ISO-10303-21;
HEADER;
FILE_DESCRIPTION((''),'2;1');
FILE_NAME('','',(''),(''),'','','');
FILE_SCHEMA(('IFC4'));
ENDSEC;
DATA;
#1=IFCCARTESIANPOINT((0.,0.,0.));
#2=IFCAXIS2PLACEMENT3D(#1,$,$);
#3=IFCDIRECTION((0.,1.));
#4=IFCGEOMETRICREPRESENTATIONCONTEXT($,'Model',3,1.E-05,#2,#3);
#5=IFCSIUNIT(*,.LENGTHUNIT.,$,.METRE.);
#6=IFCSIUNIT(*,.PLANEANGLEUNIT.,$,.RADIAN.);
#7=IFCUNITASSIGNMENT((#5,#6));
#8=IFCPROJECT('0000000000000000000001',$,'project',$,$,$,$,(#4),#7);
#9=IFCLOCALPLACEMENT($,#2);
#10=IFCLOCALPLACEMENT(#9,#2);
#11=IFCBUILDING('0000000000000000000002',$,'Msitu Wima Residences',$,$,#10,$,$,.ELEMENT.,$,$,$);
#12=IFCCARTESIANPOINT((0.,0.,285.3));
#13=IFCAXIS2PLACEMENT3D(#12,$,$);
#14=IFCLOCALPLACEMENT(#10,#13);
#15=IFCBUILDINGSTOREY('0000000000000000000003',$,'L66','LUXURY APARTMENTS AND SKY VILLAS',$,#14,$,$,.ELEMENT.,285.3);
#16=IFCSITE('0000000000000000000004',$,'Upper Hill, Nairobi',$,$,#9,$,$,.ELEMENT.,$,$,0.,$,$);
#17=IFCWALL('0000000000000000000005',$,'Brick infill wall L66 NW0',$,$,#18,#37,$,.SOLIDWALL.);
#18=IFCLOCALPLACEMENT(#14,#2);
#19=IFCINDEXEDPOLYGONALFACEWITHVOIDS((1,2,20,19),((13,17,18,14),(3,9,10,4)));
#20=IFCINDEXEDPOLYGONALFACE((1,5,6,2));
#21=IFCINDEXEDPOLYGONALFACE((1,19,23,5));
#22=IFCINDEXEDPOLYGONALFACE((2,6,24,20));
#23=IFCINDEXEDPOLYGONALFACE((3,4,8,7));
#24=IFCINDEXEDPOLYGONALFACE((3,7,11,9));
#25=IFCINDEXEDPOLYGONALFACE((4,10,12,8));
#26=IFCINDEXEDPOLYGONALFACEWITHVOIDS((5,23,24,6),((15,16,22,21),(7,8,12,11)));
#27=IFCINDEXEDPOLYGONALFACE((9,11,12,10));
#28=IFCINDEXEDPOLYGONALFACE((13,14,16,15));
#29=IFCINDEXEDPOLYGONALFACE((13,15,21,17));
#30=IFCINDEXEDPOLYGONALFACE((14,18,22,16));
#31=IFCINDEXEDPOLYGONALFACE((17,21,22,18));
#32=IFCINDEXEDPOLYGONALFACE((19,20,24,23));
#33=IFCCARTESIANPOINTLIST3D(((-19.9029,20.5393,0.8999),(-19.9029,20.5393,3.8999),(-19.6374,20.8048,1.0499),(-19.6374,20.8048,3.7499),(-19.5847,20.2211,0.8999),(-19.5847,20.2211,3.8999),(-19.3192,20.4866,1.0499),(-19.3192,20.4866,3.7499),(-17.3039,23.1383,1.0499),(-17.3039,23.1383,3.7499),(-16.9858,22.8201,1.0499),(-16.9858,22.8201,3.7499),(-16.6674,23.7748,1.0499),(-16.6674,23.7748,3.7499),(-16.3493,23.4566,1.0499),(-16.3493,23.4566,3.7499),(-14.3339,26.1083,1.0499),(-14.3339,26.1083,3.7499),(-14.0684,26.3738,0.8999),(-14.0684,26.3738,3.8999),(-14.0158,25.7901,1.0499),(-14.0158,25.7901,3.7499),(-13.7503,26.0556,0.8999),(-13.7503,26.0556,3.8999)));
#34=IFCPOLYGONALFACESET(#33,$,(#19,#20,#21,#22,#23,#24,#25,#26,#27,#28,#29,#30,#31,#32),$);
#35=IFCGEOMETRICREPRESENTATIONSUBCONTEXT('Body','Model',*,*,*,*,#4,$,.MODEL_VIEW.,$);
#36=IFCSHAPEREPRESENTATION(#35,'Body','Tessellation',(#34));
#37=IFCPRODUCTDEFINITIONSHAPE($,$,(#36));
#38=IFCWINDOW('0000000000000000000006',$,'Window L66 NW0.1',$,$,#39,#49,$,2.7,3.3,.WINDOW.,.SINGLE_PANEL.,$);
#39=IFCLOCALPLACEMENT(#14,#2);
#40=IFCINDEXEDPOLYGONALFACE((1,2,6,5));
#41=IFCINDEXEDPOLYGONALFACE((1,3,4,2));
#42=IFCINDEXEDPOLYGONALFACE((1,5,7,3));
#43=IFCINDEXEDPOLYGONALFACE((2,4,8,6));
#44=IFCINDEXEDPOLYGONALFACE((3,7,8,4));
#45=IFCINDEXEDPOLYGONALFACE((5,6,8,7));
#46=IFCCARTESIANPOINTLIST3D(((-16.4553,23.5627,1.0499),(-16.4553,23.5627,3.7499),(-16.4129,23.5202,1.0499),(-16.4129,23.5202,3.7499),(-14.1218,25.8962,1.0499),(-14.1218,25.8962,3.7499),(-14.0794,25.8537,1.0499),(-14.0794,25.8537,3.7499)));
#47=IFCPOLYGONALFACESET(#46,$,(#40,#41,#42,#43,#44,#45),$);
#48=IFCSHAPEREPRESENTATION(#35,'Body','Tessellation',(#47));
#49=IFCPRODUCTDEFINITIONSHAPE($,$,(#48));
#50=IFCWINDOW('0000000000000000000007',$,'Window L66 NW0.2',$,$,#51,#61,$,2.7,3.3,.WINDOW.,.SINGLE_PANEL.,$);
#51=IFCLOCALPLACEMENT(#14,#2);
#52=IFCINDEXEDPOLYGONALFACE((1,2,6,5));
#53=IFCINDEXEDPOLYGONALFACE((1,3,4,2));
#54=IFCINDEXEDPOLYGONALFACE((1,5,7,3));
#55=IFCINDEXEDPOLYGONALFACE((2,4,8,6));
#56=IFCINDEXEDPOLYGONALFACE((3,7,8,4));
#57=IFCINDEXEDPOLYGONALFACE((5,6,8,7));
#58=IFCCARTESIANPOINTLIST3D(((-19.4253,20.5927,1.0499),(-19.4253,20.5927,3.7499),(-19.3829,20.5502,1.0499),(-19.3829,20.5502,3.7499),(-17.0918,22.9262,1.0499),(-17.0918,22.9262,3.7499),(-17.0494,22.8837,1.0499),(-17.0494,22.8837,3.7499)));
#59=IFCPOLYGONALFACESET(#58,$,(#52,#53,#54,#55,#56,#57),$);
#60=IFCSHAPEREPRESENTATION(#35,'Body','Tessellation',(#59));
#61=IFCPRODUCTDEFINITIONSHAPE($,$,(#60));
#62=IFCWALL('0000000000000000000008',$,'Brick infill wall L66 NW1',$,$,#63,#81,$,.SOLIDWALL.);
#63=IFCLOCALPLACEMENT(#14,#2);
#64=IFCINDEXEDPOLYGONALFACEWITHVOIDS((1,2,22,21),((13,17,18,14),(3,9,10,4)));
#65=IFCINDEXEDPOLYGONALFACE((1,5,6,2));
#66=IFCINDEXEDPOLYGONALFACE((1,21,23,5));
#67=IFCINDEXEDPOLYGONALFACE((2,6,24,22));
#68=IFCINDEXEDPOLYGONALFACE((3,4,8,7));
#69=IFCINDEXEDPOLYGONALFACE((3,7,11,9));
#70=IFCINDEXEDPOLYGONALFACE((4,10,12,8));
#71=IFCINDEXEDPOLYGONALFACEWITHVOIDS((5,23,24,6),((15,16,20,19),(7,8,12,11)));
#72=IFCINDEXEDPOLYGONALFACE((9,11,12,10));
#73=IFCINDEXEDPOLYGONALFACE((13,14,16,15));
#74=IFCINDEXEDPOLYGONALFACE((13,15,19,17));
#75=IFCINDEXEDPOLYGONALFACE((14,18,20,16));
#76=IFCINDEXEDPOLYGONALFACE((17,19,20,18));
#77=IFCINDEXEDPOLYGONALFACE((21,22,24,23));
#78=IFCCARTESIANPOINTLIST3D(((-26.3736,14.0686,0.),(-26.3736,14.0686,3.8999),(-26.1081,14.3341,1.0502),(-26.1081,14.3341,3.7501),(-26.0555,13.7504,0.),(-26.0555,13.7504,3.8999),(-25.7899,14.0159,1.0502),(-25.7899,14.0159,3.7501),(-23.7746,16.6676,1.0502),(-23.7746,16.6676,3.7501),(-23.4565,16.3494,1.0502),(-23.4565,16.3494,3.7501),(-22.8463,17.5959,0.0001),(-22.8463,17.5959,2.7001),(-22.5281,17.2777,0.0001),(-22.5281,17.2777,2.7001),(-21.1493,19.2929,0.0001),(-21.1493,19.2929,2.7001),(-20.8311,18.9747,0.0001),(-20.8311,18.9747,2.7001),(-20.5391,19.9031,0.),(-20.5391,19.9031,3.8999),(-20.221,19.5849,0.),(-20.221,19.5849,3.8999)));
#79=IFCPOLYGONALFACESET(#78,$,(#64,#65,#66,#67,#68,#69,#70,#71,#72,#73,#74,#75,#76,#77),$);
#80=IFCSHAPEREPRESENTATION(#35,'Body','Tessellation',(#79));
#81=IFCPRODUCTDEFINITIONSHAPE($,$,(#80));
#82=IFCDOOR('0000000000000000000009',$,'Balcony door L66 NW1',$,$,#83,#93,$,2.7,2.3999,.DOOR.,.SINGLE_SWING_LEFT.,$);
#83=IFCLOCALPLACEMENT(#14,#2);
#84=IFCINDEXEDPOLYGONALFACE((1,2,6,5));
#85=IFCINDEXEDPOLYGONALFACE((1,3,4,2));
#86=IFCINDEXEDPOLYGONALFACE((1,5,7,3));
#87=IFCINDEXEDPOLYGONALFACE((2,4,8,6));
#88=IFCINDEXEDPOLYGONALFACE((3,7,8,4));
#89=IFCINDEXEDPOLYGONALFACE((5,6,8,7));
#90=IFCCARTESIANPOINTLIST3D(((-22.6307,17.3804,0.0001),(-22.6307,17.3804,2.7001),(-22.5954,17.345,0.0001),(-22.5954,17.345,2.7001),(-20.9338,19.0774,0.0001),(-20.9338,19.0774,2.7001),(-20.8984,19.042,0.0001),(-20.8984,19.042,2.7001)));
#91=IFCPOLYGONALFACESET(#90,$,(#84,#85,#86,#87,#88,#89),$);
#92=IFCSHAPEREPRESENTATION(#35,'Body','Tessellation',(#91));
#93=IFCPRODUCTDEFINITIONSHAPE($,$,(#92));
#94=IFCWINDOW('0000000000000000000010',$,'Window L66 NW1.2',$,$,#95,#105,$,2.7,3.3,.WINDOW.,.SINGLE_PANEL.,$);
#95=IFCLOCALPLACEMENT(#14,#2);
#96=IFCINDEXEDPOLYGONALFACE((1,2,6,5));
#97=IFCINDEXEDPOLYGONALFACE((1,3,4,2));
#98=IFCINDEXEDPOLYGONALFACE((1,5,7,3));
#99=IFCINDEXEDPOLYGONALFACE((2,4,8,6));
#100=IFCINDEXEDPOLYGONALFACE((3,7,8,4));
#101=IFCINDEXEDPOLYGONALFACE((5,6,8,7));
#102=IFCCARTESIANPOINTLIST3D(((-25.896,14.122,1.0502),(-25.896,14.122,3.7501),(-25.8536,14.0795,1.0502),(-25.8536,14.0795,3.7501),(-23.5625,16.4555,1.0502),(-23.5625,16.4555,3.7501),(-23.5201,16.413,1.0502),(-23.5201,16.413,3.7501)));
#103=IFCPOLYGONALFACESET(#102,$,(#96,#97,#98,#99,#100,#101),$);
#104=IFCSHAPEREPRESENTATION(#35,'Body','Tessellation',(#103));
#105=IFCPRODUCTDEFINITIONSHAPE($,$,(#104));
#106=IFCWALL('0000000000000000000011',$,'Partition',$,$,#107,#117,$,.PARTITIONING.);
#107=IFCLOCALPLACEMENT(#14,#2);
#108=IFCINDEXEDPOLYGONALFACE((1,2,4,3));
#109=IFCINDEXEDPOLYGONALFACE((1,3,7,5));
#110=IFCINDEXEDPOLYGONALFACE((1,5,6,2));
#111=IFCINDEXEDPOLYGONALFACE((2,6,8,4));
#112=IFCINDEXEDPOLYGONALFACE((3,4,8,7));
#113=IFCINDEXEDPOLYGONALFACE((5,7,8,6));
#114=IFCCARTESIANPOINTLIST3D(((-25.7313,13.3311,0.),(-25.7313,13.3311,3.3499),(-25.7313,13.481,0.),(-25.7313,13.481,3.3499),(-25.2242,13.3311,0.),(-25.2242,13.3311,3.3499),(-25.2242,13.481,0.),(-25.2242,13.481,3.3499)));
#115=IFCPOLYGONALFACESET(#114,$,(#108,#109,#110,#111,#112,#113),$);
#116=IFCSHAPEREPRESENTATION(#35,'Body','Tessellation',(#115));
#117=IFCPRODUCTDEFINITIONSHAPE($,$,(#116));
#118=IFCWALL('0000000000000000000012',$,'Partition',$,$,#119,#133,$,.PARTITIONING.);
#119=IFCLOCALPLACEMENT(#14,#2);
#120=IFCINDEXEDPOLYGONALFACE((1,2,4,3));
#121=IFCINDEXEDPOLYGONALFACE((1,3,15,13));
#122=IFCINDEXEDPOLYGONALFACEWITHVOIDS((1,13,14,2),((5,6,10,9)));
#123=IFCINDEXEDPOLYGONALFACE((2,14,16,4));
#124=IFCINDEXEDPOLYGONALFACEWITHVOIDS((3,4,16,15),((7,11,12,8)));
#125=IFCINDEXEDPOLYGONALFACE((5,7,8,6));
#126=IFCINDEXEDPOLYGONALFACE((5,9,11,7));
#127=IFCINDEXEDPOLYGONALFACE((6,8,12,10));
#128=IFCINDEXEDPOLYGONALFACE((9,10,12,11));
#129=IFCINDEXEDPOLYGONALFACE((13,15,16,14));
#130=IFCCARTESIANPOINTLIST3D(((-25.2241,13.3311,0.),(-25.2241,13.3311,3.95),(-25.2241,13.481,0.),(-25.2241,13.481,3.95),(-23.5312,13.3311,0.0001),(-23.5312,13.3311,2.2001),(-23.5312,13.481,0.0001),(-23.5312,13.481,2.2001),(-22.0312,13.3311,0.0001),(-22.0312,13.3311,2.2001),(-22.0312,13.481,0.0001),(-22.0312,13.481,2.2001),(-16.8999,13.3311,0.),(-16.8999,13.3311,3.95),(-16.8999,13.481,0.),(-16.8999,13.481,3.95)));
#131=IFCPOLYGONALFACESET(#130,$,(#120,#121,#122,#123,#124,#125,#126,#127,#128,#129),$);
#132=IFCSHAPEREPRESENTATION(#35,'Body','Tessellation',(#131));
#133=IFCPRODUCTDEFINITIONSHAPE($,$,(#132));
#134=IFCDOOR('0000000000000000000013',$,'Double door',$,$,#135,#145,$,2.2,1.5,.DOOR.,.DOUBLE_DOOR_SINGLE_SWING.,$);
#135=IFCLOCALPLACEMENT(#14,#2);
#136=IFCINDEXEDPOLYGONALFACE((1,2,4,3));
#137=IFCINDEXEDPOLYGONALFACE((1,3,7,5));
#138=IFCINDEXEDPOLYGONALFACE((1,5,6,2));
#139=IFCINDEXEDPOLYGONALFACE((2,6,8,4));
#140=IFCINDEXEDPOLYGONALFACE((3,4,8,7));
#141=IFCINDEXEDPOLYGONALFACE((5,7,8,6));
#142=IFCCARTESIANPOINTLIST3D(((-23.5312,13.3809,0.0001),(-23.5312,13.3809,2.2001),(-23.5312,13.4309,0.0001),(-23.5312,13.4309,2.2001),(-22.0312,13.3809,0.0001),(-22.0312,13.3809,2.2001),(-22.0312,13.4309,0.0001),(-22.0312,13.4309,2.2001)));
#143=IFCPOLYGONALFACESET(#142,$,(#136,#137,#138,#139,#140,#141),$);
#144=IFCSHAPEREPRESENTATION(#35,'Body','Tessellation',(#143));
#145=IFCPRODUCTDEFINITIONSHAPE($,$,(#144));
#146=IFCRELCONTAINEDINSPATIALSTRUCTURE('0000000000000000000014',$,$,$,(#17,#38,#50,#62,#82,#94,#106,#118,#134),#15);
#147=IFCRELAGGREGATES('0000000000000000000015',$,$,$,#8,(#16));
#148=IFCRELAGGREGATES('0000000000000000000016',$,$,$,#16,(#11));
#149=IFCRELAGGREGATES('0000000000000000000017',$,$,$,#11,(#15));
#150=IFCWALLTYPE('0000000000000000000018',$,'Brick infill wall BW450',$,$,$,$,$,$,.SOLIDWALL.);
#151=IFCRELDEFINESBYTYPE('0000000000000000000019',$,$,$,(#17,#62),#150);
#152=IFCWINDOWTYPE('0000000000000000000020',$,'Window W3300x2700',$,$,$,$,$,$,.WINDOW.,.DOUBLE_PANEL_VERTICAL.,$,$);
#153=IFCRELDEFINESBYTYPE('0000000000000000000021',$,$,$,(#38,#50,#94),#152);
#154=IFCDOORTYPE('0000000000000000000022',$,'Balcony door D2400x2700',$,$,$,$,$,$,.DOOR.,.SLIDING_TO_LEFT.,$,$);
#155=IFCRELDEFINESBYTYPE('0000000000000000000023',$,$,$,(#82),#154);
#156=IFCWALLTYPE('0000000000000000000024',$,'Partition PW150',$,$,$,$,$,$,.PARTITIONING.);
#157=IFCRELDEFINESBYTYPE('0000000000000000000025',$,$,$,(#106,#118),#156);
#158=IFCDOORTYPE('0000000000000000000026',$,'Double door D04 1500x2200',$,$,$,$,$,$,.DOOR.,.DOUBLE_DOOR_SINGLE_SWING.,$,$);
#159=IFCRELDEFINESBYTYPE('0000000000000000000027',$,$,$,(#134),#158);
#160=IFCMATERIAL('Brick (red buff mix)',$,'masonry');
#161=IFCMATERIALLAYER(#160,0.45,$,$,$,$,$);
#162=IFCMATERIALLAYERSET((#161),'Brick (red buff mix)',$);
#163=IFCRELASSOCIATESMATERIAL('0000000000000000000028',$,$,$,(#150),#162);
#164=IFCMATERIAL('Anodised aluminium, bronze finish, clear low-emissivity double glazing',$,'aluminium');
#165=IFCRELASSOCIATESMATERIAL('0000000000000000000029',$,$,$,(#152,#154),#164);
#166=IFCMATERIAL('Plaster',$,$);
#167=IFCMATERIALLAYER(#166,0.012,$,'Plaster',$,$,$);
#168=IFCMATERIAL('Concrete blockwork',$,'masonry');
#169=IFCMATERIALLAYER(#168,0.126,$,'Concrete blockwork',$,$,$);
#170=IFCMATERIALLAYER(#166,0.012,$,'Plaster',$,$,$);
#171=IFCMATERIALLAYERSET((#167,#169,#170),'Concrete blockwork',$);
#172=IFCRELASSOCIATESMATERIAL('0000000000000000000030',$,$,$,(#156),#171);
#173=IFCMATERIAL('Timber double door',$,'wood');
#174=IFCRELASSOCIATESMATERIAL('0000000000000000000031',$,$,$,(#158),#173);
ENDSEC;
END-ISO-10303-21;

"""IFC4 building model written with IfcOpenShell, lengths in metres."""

from ifc_helpers import new_model, si_unit, direction, frame, frame_2d, origin, place, context, subcontext, project, spatial, rectangle, extrude, material, layer, layer_set, type_object, element, fill, save


model = new_model("IFC4")

# Units and contexts
model_context = context("Model", 3, precision=1e-05, world=origin(), true_north=direction((0.0, 1.0)))
body_context = subcontext(model_context, "Body", "Model", "MODEL_VIEW")
ifc_project = project(units=[si_unit("LENGTHUNIT", "METRE"), si_unit("PLANEANGLEUNIT", "RADIAN")], contexts=[model_context])

# Site, building, storey
site_placement = place(None, origin())
site = spatial("IfcSite", under=ifc_project, at=site_placement, Name="Upper Hill, Nairobi", CompositionType="ELEMENT", RefElevation=0.0)
building_placement = place(site_placement, origin())
building = spatial("IfcBuilding", under=site, at=building_placement, Name="Msitu Wima Residences", CompositionType="ELEMENT")
storey_placement = place(building_placement, frame((0.0, 0.0, 285.3)))
storey = spatial("IfcBuildingStorey", under=building, at=storey_placement, Name="L66", Description="LUXURY APARTMENTS AND SKY VILLAS", CompositionType="ELEMENT", Elevation=285.3)

# Wall, openings, windows
ifc_material_1 = material(Name="Brick (red buff mix)", Category="masonry")
ifc_layer_1 = layer(ifc_material_1, 0.45)
ifc_layer_set_1 = layer_set([ifc_layer_1], Name="Brick (red buff mix)")
wall_type_1 = type_object("IfcWallType", Name="Brick infill wall BW450", PredefinedType="SOLIDWALL", material=ifc_layer_set_1)
wall_1_placement = place(storey_placement, frame((-13.9094, 26.2146, 0.8999), z_axis=(0.0, 0.0, 1.0), x_axis=(-0.707107, -0.707107, 0.0)))
wall_1 = element("IfcWall", 1, at=wall_1_placement, inside=storey, type_object=wall_type_1, Name="Brick infill wall L66 NW0", PredefinedType="SOLIDWALL", context=body_context, shape_type="SweptSolid", body=[
    extrude(rectangle(XDim=8.2512, YDim=0.45, at=frame_2d((4.1255, 0.0))), origin(), (0.0, 0.0, 1.0), 3.0),
])
opening_1_placement = place(wall_1_placement, frame((0.3755, 0.0, 0.1499)))
opening_1 = element("IfcOpeningElement", 2, at=opening_1_placement, cuts=wall_1, PredefinedType="OPENING", context=body_context, shape_type="SweptSolid", body=[
    extrude(rectangle(XDim=3.3, YDim=2.7, at=frame_2d((1.6499, 1.3501))), frame((0.0, 0.2349, 0.0), z_axis=(0.0, -1.0, 0.0), x_axis=(1.0, 0.0, 0.0)), (0.0, 0.0, 1.0), 0.47),
])
opening_2_placement = place(wall_1_placement, frame((4.5757, 0.0, 0.1499)))
opening_2 = element("IfcOpeningElement", 3, at=opening_2_placement, cuts=wall_1, PredefinedType="OPENING", context=body_context, shape_type="SweptSolid", body=[
    extrude(rectangle(XDim=3.3, YDim=2.7, at=frame_2d((1.6499, 1.3501))), frame((0.0, 0.2349, 0.0), z_axis=(0.0, -1.0, 0.0), x_axis=(1.0, 0.0, 0.0)), (0.0, 0.0, 1.0), 0.47),
])
ifc_material_2 = material(Name="Anodised aluminium, bronze finish, clear low-emissivity double glazing", Category="aluminium")
window_type = type_object("IfcWindowType", Name="Window W3300x2700", PartitioningType="DOUBLE_PANEL_VERTICAL", PredefinedType="WINDOW", material=ifc_material_2)
window_1_placement = place(opening_1_placement, origin())
window_1 = element("IfcWindow", 4, at=window_1_placement, inside=storey, type_object=window_type, Name="Window L66 NW0.1", OverallHeight=2.7, OverallWidth=3.3, PartitioningType="SINGLE_PANEL", PredefinedType="WINDOW", context=body_context, shape_type="SweptSolid", body=[
    extrude(rectangle(XDim=3.3, YDim=2.7, at=frame_2d((1.6499, 1.3501))), frame((0.0, 0.135, 0.0), z_axis=(0.0, -1.0, 0.0), x_axis=(1.0, 0.0, 0.0)), (0.0, 0.0, 1.0), 0.0601),
])
fill(opening_1, window_1)
window_2_placement = place(opening_2_placement, origin())
window_2 = element("IfcWindow", 5, at=window_2_placement, inside=storey, type_object=window_type, Name="Window L66 NW0.2", OverallHeight=2.7, OverallWidth=3.3, PartitioningType="SINGLE_PANEL", PredefinedType="WINDOW", context=body_context, shape_type="SweptSolid", body=[
    extrude(rectangle(XDim=3.3, YDim=2.7, at=frame_2d((1.6499, 1.3501))), frame((0.0, 0.135, 0.0), z_axis=(0.0, -1.0, 0.0), x_axis=(1.0, 0.0, 0.0)), (0.0, 0.0, 1.0), 0.0601),
])
fill(opening_2, window_2)

# Wall, openings, door, window
wall_2_placement = place(storey_placement, frame((-20.3801, 19.7439, 0.0), z_axis=(0.0, 0.0, 1.0), x_axis=(-0.707107, -0.707107, 0.0)))
wall_2 = element("IfcWall", 6, at=wall_2_placement, inside=storey, type_object=wall_type_1, Name="Brick infill wall L66 NW1", PredefinedType="SOLIDWALL", context=body_context, shape_type="SweptSolid", body=[
    extrude(rectangle(XDim=8.2512, YDim=0.45, at=frame_2d((4.1255, 0.0))), origin(), (0.0, 0.0, 1.0), 3.8999),
])
opening_3_placement = place(wall_2_placement, frame((0.8628, 0.0, 0.0)))
opening_3 = element("IfcOpeningElement", 7, at=opening_3_placement, cuts=wall_2, PredefinedType="OPENING", context=body_context, shape_type="SweptSolid", body=[
    extrude(rectangle(XDim=2.3999, YDim=2.7, at=frame_2d((1.2, 1.3501))), frame((0.0, 0.2349, 0.0), z_axis=(0.0, -1.0, 0.0), x_axis=(1.0, 0.0, 0.0)), (0.0, 0.0, 1.0), 0.47),
])
opening_4_placement = place(wall_2_placement, frame((4.5757, 0.0, 1.05)))
opening_4 = element("IfcOpeningElement", 8, at=opening_4_placement, cuts=wall_2, PredefinedType="OPENING", context=body_context, shape_type="SweptSolid", body=[
    extrude(rectangle(XDim=3.3, YDim=2.7, at=frame_2d((1.6499, 1.3501))), frame((0.0, 0.2349, 0.0), z_axis=(0.0, -1.0, 0.0), x_axis=(1.0, 0.0, 0.0)), (0.0, 0.0, 1.0), 0.47),
])
door_type_1 = type_object("IfcDoorType", Name="Balcony door D2400x2700", OperationType="SLIDING_TO_LEFT", PredefinedType="DOOR", material=ifc_material_2)
door_1_placement = place(opening_3_placement, origin())
door_1 = element("IfcDoor", 9, at=door_1_placement, inside=storey, type_object=door_type_1, Name="Balcony door L66 NW1", OperationType="SINGLE_SWING_LEFT", OverallHeight=2.7, OverallWidth=2.3999, PredefinedType="DOOR", context=body_context, shape_type="SweptSolid", body=[
    extrude(rectangle(XDim=2.3999, YDim=2.7, at=frame_2d((1.2, 1.3501))), frame((0.0, 0.1299, 0.0), z_axis=(0.0, -1.0, 0.0), x_axis=(1.0, 0.0, 0.0)), (0.0, 0.0, 1.0), 0.05),
])
fill(opening_3, door_1)
window_3_placement = place(opening_4_placement, origin())
window_3 = element("IfcWindow", 10, at=window_3_placement, inside=storey, type_object=window_type, Name="Window L66 NW1.2", OverallHeight=2.7, OverallWidth=3.3, PartitioningType="SINGLE_PANEL", PredefinedType="WINDOW", context=body_context, shape_type="SweptSolid", body=[
    extrude(rectangle(XDim=3.3, YDim=2.7, at=frame_2d((1.6499, 1.3501))), frame((0.0, 0.135, 0.0), z_axis=(0.0, -1.0, 0.0), x_axis=(1.0, 0.0, 0.0)), (0.0, 0.0, 1.0), 0.0601),
])
fill(opening_4, window_3)

# Shared definitions
ifc_material_3 = material(Name="Plaster")
ifc_material_4 = material(Name="Concrete blockwork", Category="masonry")

# Wall
ifc_layer_2 = layer(ifc_material_3, 0.012, Name="Plaster")
ifc_layer_3 = layer(ifc_material_4, 0.126, Name="Concrete blockwork")
ifc_layer_4 = layer(ifc_material_3, 0.012, Name="Plaster")
ifc_layer_set_2 = layer_set([ifc_layer_2, ifc_layer_3, ifc_layer_4], Name="Concrete blockwork")
wall_type_2 = type_object("IfcWallType", Name="Partition PW150", PredefinedType="PARTITIONING", material=ifc_layer_set_2)
wall_3_placement = place(storey_placement, frame((-25.7312, 13.406, 0.0), z_axis=(0.0, 0.0, 1.0), x_axis=(1.0, 0.0, 0.0)))
element("IfcWall", 11, at=wall_3_placement, inside=storey, type_object=wall_type_2, Name="Partition", PredefinedType="PARTITIONING", context=body_context, shape_type="SweptSolid", body=[
    extrude(rectangle(XDim=0.5071, YDim=0.1499, at=frame_2d((0.2534, 0.0))), origin(), (0.0, 0.0, 1.0), 3.3499),
])

# Wall, opening, door
wall_4_placement = place(storey_placement, frame((-25.2241, 13.406, 0.0), z_axis=(0.0, 0.0, 1.0), x_axis=(1.0, 0.0, 0.0)))
wall_4 = element("IfcWall", 12, at=wall_4_placement, inside=storey, type_object=wall_type_2, Name="Partition", PredefinedType="PARTITIONING", context=body_context, shape_type="SweptSolid", body=[
    extrude(rectangle(XDim=8.3242, YDim=0.1499, at=frame_2d((4.1621, 0.0))), origin(), (0.0, 0.0, 1.0), 3.95),
])
opening_5_placement = place(wall_4_placement, frame((1.6929, 0.0, 0.0)))
opening_5 = element("IfcOpeningElement", 13, at=opening_5_placement, cuts=wall_4, PredefinedType="OPENING", context=body_context, shape_type="SweptSolid", body=[
    extrude(rectangle(XDim=1.5, YDim=2.2, at=frame_2d((0.75, 1.1001))), frame((0.0, 0.085, 0.0), z_axis=(0.0, -1.0, 0.0), x_axis=(1.0, 0.0, 0.0)), (0.0, 0.0, 1.0), 0.1699),
])
ifc_material_5 = material(Name="Timber double door", Category="wood")
door_type_2 = type_object("IfcDoorType", Name="Double door D04 1500x2200", OperationType="DOUBLE_DOOR_SINGLE_SWING", PredefinedType="DOOR", material=ifc_material_5)
door_2_placement = place(opening_5_placement, origin())
door_2 = element("IfcDoor", 14, at=door_2_placement, inside=storey, type_object=door_type_2, Name="Double door", OperationType="DOUBLE_DOOR_SINGLE_SWING", OverallHeight=2.2, OverallWidth=1.5, PredefinedType="DOOR", context=body_context, shape_type="SweptSolid", body=[
    extrude(rectangle(XDim=1.5, YDim=2.2, at=frame_2d((0.75, 1.1001))), frame((0.0, 0.0249, 0.0), z_axis=(0.0, -1.0, 0.0), x_axis=(1.0, 0.0, 0.0)), (0.0, 0.0, 1.0), 0.05),
])
fill(opening_5, door_2)

save(model, "model.ifc")
